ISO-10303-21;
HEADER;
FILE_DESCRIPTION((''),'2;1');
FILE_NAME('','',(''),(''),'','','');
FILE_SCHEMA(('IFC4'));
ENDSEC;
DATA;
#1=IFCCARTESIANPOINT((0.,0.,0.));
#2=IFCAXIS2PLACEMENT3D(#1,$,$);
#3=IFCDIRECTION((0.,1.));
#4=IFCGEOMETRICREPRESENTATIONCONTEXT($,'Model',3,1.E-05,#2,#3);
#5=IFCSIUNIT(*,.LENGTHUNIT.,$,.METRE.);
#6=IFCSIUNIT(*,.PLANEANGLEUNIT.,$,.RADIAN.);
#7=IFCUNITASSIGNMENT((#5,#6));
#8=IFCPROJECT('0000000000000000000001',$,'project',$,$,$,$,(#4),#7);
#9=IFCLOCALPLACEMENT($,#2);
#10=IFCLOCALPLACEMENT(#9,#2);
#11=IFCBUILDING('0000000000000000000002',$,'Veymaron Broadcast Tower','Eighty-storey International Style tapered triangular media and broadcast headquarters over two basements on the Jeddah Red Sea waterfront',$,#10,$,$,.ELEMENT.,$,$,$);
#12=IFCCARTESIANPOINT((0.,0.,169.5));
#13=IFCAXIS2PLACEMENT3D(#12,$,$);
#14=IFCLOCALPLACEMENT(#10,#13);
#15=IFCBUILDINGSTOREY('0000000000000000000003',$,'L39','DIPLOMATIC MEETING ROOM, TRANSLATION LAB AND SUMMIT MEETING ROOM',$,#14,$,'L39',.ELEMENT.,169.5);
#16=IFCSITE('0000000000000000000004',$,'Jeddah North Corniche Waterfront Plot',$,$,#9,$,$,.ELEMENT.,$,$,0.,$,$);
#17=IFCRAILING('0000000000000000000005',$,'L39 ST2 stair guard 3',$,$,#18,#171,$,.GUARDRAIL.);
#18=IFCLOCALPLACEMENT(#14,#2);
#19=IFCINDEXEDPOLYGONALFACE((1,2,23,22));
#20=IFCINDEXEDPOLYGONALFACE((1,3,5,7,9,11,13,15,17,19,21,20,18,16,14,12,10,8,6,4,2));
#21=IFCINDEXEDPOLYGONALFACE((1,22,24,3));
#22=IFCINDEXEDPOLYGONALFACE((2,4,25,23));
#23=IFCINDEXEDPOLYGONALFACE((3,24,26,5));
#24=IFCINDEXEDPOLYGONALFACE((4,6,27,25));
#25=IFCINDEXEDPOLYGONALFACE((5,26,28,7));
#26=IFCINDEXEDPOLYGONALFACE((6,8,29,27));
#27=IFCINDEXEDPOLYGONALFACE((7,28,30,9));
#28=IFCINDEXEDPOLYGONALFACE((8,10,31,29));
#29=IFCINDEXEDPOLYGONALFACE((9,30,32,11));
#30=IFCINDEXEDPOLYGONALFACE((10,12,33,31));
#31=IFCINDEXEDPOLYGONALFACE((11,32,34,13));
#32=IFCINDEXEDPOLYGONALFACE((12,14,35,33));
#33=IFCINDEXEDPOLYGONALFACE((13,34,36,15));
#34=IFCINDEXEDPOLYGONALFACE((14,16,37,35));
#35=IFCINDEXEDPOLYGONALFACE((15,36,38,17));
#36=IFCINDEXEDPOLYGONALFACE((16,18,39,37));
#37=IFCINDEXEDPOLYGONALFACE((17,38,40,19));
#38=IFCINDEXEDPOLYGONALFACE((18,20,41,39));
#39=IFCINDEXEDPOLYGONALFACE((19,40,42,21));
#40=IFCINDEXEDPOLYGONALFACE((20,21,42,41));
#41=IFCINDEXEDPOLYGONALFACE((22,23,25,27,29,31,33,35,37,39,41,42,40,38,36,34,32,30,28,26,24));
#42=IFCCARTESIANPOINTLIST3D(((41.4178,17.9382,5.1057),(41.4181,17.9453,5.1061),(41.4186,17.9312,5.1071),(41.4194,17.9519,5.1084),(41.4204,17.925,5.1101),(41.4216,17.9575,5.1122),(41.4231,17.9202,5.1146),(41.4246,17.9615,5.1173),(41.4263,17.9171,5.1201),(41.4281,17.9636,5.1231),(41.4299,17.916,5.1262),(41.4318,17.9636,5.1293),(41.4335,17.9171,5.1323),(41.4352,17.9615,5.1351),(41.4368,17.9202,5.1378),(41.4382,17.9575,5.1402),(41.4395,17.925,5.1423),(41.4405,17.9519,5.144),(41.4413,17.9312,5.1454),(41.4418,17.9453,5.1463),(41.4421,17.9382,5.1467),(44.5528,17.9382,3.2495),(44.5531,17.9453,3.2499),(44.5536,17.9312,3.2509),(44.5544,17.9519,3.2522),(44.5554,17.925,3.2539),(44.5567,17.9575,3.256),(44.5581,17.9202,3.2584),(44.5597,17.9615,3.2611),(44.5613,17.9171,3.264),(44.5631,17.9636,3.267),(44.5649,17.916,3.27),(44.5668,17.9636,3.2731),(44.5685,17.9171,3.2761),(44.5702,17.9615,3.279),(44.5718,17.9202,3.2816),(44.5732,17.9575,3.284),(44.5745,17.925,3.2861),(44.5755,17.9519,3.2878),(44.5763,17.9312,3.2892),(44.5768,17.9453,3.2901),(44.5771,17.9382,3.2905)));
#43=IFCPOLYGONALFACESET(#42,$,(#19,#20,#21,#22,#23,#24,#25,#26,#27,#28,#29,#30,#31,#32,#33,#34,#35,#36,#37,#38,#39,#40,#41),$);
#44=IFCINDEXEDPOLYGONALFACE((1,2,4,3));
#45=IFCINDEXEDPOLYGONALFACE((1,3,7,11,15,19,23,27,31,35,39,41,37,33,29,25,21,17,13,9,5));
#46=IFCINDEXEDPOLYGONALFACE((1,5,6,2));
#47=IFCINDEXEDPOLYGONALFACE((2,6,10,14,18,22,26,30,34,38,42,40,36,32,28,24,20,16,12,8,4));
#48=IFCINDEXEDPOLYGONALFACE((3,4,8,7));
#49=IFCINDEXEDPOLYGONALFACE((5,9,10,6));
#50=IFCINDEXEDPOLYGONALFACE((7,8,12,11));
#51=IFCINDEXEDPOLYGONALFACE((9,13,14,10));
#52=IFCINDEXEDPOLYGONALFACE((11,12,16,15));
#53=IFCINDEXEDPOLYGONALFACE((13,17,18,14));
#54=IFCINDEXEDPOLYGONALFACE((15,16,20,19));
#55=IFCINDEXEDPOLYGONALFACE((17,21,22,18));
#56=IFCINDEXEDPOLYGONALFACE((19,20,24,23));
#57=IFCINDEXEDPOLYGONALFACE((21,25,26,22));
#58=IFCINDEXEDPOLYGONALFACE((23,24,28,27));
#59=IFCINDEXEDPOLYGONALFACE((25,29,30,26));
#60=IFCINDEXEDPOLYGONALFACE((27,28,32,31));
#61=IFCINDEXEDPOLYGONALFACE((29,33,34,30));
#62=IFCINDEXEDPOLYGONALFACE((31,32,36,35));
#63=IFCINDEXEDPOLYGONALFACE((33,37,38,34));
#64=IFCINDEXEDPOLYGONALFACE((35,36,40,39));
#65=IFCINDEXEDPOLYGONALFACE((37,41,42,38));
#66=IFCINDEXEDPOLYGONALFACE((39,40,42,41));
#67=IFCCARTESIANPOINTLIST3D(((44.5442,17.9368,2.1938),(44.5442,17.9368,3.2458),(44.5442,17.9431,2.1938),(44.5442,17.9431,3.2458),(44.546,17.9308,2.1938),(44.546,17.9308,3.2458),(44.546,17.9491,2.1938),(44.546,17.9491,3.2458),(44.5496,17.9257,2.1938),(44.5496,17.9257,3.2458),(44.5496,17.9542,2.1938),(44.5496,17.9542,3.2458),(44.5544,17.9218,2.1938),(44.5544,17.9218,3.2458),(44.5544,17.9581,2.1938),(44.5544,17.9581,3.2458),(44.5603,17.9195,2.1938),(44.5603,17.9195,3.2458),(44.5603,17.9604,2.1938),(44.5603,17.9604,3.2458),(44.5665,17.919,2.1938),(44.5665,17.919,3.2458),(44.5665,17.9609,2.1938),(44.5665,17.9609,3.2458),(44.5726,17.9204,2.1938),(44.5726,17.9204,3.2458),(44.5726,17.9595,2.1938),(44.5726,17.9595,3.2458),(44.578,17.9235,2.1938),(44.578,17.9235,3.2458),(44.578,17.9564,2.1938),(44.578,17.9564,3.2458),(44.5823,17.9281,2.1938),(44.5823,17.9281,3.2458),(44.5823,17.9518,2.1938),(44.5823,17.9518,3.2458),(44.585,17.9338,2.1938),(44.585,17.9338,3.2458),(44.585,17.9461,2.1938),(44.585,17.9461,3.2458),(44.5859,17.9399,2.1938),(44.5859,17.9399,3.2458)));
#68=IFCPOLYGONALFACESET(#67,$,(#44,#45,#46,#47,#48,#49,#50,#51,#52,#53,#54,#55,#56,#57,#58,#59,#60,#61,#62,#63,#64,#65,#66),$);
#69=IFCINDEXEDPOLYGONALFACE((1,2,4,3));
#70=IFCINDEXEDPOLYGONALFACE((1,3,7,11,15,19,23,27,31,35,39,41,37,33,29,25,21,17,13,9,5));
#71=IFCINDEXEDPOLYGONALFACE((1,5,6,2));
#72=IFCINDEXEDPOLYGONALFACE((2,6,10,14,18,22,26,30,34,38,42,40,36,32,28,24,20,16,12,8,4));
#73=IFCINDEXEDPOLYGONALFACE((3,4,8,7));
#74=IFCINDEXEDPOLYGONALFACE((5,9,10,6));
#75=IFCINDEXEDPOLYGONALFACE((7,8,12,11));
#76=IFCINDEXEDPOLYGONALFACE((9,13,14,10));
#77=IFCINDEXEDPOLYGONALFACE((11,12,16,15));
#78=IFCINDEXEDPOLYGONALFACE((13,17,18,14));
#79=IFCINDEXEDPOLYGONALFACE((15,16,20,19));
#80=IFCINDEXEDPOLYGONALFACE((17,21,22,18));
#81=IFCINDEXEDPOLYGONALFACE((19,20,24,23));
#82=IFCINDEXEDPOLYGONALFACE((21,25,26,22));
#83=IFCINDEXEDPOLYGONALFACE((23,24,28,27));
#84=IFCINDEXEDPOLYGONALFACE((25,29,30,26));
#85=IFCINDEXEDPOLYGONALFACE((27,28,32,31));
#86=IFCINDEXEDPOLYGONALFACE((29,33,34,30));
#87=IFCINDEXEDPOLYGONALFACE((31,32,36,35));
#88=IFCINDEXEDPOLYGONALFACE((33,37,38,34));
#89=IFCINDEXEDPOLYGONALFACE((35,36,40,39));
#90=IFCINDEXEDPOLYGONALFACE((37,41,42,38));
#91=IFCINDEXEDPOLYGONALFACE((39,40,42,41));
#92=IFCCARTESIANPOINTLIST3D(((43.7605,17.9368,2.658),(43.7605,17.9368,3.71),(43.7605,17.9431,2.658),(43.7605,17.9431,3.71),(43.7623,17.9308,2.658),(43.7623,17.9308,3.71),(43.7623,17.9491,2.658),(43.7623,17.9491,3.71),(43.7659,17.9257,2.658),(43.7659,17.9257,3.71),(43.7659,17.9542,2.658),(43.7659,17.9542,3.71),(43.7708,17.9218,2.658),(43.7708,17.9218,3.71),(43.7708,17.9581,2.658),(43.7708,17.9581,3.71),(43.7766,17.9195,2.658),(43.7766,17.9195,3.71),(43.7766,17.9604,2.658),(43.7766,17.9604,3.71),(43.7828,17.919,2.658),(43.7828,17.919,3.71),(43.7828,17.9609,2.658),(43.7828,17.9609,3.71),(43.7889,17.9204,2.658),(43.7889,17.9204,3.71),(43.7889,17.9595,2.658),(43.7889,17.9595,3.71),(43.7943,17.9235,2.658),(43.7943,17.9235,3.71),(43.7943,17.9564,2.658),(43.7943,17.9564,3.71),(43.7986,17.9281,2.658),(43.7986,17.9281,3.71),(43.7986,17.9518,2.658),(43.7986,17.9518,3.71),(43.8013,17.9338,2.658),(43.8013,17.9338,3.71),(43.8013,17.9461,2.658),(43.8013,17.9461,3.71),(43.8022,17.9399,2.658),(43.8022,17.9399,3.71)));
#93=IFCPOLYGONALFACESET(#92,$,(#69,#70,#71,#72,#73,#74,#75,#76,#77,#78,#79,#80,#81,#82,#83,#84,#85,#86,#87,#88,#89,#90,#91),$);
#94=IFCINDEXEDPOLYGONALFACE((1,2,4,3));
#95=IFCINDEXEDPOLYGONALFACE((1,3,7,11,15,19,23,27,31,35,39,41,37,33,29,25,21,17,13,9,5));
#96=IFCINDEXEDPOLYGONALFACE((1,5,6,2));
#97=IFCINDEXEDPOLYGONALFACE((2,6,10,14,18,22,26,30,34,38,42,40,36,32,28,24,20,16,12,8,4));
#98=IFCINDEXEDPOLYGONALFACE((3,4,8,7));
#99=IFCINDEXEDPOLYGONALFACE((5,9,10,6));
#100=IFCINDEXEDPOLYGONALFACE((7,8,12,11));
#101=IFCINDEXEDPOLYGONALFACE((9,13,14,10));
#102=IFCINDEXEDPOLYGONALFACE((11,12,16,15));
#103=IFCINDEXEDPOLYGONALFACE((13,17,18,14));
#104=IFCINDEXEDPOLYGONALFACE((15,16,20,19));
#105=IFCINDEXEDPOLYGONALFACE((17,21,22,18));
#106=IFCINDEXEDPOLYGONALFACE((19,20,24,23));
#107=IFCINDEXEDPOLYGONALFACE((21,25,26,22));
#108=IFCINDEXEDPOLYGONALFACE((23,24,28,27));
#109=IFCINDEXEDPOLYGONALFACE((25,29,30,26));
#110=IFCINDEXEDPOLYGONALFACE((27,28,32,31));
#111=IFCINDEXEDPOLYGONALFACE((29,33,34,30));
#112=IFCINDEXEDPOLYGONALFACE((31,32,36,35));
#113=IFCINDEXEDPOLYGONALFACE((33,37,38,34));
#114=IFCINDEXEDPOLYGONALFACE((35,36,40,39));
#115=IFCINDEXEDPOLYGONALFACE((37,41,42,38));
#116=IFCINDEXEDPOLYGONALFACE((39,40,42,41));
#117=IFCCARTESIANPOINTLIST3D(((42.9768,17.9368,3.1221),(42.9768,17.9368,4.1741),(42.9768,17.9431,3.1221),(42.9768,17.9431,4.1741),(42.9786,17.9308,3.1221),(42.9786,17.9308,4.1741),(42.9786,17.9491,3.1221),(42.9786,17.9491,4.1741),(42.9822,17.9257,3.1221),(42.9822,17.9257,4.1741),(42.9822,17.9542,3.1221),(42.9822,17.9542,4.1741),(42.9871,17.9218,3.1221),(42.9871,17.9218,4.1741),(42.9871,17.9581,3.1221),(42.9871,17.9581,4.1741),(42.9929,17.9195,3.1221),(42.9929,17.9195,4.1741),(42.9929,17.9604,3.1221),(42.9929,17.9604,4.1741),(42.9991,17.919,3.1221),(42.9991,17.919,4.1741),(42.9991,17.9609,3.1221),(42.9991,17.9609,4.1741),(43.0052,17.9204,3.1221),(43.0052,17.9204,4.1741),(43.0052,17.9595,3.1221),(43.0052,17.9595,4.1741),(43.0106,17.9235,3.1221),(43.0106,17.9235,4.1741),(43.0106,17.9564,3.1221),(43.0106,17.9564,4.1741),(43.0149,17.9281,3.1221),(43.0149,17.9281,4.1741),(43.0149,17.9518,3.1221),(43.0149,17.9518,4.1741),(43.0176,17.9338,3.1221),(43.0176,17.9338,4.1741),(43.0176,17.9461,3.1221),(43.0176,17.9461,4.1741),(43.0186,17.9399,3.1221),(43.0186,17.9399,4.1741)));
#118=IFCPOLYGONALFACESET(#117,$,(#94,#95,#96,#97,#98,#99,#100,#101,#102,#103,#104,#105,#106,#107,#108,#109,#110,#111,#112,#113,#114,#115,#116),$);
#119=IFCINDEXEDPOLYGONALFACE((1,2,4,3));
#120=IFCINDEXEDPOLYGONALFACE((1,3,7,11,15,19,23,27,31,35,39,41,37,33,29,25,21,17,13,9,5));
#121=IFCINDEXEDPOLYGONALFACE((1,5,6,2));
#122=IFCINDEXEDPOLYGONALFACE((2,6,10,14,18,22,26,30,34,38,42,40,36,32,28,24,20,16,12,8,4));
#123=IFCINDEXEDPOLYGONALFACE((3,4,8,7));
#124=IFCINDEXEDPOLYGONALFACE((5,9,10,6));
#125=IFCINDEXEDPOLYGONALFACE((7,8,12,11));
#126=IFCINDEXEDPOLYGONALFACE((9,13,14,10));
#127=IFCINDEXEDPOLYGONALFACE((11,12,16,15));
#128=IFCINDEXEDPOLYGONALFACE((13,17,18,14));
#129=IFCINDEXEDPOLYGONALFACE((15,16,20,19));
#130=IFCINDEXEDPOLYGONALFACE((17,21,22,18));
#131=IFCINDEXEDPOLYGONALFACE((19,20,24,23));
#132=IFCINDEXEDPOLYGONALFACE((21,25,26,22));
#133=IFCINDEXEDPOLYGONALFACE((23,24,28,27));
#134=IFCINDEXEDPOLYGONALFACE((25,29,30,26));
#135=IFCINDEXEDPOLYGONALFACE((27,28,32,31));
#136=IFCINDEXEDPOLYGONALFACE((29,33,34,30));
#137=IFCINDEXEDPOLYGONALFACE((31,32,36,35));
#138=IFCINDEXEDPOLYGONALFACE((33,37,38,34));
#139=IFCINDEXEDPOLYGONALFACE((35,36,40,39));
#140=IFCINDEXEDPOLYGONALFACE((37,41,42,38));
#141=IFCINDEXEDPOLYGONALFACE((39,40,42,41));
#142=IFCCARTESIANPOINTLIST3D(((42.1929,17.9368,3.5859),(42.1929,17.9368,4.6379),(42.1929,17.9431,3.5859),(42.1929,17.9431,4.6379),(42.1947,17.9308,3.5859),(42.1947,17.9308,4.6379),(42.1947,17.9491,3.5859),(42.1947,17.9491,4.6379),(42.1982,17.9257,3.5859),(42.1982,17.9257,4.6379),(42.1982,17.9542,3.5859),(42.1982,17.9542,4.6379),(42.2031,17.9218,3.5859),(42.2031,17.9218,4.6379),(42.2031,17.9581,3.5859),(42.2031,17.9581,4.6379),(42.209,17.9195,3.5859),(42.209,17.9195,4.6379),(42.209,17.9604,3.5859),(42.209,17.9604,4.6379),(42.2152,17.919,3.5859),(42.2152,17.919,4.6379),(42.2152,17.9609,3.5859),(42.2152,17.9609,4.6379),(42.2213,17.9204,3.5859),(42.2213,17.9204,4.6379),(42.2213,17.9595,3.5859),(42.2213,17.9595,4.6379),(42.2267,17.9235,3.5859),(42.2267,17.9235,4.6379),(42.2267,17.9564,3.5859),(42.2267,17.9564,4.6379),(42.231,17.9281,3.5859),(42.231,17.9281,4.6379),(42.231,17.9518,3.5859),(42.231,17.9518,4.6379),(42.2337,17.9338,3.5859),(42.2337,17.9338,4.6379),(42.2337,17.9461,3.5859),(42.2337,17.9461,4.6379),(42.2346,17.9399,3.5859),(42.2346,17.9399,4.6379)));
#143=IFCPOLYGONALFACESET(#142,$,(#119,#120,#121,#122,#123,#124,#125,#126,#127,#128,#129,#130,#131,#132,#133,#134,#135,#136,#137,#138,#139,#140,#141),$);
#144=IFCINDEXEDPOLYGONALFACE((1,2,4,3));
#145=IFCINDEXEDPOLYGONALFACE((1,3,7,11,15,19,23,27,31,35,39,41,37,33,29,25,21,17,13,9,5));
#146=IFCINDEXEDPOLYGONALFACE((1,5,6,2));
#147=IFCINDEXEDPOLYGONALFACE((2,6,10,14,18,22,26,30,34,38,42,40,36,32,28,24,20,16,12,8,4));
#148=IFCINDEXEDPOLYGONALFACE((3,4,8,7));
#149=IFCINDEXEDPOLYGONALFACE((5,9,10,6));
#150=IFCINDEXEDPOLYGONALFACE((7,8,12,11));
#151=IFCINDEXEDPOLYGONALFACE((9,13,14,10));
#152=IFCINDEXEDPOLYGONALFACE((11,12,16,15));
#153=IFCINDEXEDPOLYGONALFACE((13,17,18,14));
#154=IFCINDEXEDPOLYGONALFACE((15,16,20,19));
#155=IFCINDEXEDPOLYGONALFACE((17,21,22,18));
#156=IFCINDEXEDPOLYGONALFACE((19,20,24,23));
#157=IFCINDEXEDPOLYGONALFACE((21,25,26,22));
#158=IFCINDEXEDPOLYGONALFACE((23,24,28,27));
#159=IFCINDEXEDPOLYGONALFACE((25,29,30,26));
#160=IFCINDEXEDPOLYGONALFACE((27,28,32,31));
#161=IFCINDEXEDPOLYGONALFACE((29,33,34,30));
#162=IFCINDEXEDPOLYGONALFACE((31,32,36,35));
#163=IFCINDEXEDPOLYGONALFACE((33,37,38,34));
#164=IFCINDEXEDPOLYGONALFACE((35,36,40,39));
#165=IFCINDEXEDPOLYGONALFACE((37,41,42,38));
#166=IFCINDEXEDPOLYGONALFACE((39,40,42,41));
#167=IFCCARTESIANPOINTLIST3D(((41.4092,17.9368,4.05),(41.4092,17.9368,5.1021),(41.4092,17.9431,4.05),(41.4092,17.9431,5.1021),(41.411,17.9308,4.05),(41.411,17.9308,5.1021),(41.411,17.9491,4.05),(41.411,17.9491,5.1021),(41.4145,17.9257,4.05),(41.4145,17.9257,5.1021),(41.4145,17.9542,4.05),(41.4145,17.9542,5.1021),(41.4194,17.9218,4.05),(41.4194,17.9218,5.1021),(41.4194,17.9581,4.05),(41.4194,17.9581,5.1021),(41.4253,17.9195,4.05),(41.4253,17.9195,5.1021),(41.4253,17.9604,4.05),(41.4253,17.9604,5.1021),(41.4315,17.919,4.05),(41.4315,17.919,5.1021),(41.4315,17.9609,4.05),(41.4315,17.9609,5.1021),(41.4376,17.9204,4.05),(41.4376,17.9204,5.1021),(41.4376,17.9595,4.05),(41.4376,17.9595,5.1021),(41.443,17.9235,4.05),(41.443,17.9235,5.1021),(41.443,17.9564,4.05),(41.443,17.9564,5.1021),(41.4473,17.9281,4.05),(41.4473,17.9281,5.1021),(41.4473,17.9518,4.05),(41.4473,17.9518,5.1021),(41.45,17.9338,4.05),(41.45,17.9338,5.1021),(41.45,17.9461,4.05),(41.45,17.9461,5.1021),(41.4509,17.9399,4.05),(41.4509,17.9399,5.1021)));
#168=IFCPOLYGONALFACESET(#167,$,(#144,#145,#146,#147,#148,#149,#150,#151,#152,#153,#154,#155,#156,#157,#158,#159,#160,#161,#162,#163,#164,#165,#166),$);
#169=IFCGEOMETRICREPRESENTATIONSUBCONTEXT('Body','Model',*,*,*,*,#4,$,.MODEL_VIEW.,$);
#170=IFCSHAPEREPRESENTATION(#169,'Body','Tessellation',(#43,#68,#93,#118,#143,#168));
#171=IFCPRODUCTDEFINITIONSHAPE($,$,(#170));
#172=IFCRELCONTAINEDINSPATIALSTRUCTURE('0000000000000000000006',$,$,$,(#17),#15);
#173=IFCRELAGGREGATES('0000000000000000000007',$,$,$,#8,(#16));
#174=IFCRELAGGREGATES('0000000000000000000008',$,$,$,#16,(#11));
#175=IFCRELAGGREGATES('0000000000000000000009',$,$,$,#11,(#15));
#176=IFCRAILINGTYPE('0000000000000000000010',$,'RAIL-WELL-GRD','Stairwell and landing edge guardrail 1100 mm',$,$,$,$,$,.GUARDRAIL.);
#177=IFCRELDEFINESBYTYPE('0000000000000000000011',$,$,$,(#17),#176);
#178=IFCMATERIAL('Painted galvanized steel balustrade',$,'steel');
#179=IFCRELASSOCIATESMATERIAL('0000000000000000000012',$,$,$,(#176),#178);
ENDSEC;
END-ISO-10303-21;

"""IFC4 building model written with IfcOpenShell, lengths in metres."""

from ifc_helpers import new_model, si_unit, direction, frame, origin, origin_2d, place, context, subcontext, project, spatial, circle, extrude, material, type_object, element, save


model = new_model("IFC4")

# Units and contexts
model_context = context("Model", 3, precision=1e-05, world=origin(), true_north=direction((0.0, 1.0)))
body_context = subcontext(model_context, "Body", "Model", "MODEL_VIEW")
ifc_project = project(units=[si_unit("LENGTHUNIT", "METRE"), si_unit("PLANEANGLEUNIT", "RADIAN")], contexts=[model_context])

# Site, building, storey
site_placement = place(None, origin())
site = spatial("IfcSite", under=ifc_project, at=site_placement, Name="Jeddah North Corniche Waterfront Plot", CompositionType="ELEMENT", RefElevation=0.0)
building_placement = place(site_placement, origin())
building = spatial("IfcBuilding", under=site, at=building_placement, Name="Veymaron Broadcast Tower", Description="Eighty-storey International Style tapered triangular media and broadcast headquarters over two basements on the Jeddah Red Sea waterfront", CompositionType="ELEMENT")
storey_placement = place(building_placement, frame((0.0, 0.0, 169.5)))
storey = spatial("IfcBuildingStorey", under=building, at=storey_placement, Name="L39", Description="DIPLOMATIC MEETING ROOM, TRANSLATION LAB AND SUMMIT MEETING ROOM", LongName="L39", CompositionType="ELEMENT", Elevation=169.5)

# Railing
ifc_material_1 = material(Name="Painted galvanized steel balustrade", Category="steel")
railing_type_1 = type_object("IfcRailingType", Name="RAIL-WELL-GRD", Description="Stairwell and landing edge guardrail 1100 mm", PredefinedType="GUARDRAIL", material=ifc_material_1)
railing_1_placement = place(storey_placement, frame((44.5649, 17.9399, 2.1938)))
element("IfcRailing", 1, at=railing_1_placement, inside=storey, type_object=railing_type_1, Name="L39 ST2 stair guard 3", PredefinedType="GUARDRAIL", context=body_context, shape_type="SweptSolid", body=[
    extrude(circle(Radius=0.0239, at=origin_2d()), frame((0.0, 0.0, 1.0762), z_axis=(-0.860482, 0.0, 0.509481), x_axis=(0.0, -1.0, 0.0)), (0.0, 0.0, 1.0), 3.6433),
    extrude(circle(Radius=0.021, at=origin_2d()), origin(), (0.0, 0.0, 1.0), 1.052),
    extrude(circle(Radius=0.021, at=origin_2d()), frame((-0.7837, 0.0, 0.4641)), (0.0, 0.0, 1.0), 1.052),
    extrude(circle(Radius=0.021, at=origin_2d()), frame((-1.5674, 0.0, 0.9282)), (0.0, 0.0, 1.0), 1.052),
    extrude(circle(Radius=0.021, at=origin_2d()), frame((-2.3513, 0.0, 1.3921)), (0.0, 0.0, 1.0), 1.052),
    extrude(circle(Radius=0.021, at=origin_2d()), frame((-3.135, 0.0, 1.8562)), (0.0, 0.0, 1.0), 1.052),
])

save(model, "model.ifc")
